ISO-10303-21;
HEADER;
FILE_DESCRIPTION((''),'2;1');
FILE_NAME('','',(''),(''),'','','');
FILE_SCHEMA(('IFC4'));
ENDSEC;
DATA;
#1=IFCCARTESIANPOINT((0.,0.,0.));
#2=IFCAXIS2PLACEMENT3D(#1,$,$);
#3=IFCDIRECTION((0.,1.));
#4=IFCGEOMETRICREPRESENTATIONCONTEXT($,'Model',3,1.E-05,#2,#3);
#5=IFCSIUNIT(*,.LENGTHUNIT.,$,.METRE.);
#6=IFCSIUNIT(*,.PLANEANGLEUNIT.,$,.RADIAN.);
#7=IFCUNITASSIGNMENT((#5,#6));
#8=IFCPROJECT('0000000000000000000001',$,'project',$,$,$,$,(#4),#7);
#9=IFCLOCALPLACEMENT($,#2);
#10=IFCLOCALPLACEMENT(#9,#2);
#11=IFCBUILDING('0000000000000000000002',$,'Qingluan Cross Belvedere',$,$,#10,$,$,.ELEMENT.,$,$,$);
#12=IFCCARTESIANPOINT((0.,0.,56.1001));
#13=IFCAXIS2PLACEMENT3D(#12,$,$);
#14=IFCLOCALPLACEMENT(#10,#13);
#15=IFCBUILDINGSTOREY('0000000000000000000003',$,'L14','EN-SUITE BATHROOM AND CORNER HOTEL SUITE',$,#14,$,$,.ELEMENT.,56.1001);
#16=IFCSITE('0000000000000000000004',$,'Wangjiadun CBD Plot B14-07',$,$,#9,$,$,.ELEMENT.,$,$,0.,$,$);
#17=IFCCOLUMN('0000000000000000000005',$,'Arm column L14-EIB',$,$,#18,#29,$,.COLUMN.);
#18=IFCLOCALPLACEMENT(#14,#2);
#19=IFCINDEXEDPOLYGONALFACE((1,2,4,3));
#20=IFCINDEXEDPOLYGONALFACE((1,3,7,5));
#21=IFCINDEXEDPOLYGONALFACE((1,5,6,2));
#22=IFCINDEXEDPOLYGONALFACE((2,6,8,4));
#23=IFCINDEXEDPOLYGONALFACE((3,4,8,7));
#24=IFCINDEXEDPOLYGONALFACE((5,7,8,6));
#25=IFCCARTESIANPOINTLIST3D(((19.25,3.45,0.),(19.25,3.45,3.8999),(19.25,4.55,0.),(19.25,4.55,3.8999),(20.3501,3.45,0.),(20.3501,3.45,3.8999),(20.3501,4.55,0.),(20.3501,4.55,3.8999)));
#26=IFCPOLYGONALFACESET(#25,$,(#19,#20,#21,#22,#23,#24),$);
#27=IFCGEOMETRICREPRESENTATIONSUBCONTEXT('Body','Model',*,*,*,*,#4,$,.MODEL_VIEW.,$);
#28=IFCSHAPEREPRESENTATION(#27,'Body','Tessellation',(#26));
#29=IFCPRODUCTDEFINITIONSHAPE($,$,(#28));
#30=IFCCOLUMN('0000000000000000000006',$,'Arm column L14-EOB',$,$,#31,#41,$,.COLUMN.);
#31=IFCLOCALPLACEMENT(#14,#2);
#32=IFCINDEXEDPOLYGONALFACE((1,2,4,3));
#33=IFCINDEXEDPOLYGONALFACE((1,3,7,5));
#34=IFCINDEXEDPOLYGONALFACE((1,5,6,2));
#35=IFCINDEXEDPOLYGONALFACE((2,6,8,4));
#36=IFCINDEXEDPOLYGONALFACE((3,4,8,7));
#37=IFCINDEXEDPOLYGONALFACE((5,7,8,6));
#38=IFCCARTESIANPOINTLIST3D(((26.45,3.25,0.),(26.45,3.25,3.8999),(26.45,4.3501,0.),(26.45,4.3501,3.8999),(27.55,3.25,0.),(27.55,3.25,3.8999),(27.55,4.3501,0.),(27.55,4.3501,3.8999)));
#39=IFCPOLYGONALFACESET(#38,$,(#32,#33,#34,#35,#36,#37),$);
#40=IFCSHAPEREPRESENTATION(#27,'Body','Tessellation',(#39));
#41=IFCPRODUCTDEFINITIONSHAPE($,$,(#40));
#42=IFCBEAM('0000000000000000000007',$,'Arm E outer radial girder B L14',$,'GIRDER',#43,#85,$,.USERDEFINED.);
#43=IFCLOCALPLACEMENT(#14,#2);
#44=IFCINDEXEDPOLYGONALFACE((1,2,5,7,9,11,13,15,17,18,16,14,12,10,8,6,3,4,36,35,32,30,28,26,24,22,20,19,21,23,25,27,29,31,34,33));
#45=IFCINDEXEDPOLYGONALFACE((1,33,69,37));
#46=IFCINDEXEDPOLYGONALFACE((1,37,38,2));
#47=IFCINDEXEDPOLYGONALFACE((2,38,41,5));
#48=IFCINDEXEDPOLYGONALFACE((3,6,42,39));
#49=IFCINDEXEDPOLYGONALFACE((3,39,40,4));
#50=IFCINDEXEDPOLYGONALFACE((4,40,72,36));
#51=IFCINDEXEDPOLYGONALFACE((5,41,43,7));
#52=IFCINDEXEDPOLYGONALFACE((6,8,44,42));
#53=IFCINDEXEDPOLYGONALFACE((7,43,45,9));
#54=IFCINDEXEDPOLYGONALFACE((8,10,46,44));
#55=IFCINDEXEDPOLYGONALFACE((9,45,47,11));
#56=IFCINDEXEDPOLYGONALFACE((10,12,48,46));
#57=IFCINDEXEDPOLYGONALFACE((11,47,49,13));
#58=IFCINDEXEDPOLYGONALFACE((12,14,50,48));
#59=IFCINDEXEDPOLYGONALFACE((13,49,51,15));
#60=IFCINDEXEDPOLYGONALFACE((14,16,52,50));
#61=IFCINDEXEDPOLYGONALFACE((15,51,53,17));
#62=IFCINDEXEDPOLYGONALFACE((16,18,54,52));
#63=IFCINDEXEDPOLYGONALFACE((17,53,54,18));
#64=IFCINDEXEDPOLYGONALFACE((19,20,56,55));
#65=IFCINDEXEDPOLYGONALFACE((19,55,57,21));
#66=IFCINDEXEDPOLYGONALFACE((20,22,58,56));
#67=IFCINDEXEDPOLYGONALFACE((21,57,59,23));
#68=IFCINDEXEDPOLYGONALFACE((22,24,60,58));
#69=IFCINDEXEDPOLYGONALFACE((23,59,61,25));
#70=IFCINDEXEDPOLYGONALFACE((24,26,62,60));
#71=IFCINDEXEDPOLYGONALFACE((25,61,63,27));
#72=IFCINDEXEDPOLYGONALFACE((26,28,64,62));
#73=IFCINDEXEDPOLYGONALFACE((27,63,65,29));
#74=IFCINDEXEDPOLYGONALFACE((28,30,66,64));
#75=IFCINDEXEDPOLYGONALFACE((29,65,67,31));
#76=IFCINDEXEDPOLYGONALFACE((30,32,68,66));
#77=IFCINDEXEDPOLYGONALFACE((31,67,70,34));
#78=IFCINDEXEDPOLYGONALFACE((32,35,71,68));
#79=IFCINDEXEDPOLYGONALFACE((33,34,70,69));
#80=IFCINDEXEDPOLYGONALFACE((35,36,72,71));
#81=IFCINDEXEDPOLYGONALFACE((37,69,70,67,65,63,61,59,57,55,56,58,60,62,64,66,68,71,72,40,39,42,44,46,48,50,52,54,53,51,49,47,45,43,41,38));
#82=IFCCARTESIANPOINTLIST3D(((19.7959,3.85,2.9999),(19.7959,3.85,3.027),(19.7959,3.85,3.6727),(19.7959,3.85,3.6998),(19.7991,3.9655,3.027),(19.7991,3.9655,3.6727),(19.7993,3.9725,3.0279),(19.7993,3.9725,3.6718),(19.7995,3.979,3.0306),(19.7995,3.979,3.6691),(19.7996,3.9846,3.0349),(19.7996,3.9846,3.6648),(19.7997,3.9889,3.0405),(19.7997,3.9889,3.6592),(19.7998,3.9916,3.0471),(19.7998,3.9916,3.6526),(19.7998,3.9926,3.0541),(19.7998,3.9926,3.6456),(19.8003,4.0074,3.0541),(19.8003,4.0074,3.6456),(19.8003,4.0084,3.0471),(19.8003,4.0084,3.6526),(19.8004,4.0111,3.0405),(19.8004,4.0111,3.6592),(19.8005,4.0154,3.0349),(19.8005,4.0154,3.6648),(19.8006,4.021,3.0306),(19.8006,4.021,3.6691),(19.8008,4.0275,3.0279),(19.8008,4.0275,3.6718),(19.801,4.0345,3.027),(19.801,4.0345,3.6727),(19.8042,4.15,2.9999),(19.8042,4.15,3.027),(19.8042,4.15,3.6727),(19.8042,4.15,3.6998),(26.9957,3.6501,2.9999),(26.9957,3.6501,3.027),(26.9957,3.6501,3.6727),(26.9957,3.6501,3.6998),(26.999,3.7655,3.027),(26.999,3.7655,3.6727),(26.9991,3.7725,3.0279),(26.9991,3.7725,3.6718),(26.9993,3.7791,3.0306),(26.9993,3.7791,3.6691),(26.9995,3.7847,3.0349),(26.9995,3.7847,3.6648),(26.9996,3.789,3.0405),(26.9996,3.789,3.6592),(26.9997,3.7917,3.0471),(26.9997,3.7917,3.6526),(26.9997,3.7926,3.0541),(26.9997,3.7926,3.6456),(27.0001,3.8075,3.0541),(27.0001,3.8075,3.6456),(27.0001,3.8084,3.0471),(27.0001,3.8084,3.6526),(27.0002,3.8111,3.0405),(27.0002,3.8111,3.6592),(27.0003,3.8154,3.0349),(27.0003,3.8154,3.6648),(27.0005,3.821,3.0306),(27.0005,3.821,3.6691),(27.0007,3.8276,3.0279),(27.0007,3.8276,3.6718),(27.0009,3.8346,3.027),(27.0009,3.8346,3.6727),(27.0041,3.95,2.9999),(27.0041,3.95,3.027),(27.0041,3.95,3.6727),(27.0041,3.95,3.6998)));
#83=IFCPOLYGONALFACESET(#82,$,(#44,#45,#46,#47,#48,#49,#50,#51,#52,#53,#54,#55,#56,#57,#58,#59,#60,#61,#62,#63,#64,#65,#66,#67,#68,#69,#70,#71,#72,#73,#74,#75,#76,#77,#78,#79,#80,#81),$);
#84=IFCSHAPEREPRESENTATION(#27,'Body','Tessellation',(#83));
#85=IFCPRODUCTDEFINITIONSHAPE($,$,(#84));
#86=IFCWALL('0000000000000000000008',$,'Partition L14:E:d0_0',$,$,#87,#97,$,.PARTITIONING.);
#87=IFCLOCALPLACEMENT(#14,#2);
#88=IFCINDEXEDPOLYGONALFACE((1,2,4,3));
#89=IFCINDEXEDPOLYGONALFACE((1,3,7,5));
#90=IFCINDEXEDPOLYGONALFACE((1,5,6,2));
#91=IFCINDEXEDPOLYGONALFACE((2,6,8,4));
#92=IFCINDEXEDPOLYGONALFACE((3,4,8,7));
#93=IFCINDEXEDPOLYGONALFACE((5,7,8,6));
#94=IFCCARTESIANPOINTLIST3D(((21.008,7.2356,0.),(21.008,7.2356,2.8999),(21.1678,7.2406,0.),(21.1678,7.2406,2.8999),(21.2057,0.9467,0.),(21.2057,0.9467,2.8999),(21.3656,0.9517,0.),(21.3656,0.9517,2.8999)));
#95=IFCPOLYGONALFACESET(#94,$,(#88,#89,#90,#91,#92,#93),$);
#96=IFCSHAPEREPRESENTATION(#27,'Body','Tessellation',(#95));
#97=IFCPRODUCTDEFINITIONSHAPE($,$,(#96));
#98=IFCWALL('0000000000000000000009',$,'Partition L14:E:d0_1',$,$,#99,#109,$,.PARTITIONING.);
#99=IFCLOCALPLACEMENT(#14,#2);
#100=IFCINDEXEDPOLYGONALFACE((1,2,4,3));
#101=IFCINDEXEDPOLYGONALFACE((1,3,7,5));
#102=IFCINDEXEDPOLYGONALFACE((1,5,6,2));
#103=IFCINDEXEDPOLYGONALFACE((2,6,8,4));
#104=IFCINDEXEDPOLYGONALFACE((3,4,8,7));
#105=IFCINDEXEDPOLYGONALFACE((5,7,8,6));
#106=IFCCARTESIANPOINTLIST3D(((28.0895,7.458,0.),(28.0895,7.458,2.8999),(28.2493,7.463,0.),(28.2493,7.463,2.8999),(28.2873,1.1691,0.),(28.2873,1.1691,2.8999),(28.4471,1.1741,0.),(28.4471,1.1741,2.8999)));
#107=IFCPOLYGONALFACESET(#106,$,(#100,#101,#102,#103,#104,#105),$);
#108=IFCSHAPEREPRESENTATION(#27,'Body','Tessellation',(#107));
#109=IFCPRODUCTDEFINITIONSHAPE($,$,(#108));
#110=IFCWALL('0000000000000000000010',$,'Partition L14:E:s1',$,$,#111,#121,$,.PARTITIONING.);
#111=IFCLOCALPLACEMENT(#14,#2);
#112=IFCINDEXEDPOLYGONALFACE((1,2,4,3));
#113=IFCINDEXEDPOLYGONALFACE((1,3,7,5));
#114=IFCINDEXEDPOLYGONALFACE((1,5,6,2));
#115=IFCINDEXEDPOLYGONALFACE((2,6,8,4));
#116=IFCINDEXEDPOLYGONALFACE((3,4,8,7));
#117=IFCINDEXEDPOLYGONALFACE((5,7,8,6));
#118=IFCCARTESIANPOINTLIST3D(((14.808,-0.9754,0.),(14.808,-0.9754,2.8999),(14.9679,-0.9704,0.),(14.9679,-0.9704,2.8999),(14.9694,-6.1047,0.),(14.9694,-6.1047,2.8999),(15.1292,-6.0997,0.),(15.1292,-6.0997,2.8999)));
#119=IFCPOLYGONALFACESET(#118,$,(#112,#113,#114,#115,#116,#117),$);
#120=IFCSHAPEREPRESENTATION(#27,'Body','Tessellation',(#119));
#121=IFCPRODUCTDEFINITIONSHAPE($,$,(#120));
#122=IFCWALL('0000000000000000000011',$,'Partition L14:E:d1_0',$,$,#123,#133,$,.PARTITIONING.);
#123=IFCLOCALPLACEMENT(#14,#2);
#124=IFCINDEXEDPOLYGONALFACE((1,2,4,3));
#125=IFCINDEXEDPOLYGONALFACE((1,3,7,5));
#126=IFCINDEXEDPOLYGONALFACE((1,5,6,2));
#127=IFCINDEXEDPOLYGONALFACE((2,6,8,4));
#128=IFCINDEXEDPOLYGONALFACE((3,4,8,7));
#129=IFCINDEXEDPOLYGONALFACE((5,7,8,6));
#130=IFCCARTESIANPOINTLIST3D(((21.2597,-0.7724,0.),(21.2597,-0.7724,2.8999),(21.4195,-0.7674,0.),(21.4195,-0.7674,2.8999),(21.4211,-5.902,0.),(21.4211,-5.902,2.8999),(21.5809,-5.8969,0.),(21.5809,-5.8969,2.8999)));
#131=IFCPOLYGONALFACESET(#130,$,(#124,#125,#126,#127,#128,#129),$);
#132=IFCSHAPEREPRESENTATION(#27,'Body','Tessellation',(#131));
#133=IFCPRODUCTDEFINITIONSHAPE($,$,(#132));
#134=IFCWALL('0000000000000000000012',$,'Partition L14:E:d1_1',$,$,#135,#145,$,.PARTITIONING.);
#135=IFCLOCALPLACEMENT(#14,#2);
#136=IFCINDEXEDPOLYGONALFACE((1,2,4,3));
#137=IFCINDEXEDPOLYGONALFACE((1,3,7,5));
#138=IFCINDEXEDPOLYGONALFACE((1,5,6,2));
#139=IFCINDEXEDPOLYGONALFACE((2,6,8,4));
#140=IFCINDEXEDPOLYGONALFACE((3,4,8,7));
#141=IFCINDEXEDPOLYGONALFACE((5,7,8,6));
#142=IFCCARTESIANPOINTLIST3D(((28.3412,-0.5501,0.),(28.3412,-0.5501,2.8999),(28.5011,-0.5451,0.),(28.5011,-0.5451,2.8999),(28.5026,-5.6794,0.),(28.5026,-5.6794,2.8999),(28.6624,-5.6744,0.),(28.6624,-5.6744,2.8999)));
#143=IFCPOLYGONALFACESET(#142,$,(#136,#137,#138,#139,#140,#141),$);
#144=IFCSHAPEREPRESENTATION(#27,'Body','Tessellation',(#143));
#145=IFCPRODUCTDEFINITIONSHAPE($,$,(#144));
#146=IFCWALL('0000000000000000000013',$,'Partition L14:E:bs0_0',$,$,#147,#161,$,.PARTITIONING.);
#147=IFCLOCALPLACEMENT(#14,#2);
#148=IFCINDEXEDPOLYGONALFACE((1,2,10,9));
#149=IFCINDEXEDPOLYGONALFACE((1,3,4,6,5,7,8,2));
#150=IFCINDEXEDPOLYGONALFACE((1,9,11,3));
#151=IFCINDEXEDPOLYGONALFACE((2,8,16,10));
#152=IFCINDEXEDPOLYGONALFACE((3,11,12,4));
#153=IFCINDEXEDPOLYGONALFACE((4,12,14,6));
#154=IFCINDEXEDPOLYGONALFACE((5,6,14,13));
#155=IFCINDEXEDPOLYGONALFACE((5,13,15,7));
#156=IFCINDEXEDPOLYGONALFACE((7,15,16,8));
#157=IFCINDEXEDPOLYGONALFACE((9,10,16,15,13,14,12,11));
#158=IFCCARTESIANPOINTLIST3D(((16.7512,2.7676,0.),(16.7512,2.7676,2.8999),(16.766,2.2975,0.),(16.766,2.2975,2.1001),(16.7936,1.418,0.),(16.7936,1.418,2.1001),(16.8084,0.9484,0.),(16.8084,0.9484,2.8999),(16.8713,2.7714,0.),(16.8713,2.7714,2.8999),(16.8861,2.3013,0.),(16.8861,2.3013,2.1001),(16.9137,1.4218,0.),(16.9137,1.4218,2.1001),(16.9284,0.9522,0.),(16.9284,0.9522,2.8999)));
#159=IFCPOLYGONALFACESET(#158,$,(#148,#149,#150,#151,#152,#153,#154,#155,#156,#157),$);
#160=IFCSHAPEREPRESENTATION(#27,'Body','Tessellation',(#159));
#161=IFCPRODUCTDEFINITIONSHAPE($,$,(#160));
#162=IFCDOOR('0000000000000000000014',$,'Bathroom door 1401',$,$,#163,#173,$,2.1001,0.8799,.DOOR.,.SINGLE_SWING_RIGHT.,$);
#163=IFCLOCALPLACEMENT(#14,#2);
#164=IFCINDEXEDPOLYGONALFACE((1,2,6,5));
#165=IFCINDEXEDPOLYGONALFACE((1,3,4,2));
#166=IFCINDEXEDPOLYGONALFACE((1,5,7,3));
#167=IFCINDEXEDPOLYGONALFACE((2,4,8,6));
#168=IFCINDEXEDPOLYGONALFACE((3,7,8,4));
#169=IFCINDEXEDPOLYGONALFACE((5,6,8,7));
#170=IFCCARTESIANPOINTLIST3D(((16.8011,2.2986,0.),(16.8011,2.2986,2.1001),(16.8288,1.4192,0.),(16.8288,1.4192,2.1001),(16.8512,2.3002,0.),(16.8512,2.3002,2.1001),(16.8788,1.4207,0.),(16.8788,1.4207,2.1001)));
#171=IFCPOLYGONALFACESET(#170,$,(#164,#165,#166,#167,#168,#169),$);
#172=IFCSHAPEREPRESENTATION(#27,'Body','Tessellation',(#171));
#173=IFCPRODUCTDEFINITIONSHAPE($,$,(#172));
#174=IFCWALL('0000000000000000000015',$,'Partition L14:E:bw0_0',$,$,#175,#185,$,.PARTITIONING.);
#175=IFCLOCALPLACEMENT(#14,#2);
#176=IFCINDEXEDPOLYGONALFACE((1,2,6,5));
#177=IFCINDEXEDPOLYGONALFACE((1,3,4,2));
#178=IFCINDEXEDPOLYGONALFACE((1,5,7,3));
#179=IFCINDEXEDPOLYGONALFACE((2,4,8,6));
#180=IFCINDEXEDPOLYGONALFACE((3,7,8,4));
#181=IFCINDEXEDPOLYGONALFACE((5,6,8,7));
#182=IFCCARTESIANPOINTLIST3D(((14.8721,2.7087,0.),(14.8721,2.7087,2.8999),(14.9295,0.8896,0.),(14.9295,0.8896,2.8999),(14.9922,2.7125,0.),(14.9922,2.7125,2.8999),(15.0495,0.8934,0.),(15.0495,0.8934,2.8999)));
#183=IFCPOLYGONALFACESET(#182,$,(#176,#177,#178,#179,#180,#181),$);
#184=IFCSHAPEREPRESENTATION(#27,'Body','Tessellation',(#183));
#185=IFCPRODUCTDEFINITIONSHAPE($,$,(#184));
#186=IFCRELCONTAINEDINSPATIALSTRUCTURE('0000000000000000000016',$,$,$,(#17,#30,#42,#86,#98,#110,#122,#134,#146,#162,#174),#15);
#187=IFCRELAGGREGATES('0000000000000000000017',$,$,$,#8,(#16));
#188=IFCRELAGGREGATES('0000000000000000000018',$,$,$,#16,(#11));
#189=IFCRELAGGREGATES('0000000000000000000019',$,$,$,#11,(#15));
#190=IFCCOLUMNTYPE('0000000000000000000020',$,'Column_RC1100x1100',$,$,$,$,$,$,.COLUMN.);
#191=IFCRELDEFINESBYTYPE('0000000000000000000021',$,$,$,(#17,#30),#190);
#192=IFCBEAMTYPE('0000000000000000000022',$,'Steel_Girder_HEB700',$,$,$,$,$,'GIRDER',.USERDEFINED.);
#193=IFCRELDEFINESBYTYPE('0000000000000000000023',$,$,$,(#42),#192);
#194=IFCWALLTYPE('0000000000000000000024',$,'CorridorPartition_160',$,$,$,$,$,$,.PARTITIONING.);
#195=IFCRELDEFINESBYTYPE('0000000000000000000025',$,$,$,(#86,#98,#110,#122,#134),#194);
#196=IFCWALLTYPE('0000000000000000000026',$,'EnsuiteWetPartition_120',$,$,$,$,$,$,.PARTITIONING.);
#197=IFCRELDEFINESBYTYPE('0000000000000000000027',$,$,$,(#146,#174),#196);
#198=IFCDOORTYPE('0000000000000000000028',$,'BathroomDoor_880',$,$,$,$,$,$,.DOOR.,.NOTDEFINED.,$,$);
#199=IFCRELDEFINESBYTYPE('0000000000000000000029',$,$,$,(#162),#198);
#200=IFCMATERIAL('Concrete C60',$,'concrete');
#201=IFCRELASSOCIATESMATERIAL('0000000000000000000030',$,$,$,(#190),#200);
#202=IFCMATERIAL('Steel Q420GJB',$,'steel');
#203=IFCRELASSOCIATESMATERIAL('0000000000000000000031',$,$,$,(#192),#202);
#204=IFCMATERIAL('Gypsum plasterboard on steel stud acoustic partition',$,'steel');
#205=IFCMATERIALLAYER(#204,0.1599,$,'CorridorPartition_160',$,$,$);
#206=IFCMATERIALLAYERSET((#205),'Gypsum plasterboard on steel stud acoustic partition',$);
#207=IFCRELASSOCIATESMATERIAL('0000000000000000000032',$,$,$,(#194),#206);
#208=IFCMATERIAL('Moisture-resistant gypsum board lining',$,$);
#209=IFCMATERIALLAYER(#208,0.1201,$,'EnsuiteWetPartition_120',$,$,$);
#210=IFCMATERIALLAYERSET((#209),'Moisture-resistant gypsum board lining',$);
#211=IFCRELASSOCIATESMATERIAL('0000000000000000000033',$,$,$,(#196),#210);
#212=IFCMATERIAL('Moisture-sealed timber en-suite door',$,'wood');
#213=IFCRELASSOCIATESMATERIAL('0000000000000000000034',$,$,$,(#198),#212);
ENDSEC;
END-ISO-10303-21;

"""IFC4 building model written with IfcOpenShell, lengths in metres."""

from ifc_helpers import new_model, si_unit, direction, frame, frame_2d, origin, origin_2d, place, context, subcontext, project, spatial, rectangle, i_section, extrude, material, layer, layer_set, material_profile, profile_set, type_object, element, fill, save


model = new_model("IFC4")

# Units and contexts
model_context = context("Model", 3, precision=1e-05, world=origin(), true_north=direction((0.0, 1.0)))
body_context = subcontext(model_context, "Body", "Model", "MODEL_VIEW")
ifc_project = project(units=[si_unit("LENGTHUNIT", "METRE"), si_unit("PLANEANGLEUNIT", "RADIAN")], contexts=[model_context])

# Site, building, storey
site_placement = place(None, origin())
site = spatial("IfcSite", under=ifc_project, at=site_placement, Name="Wangjiadun CBD Plot B14-07", CompositionType="ELEMENT", RefElevation=0.0)
building_placement = place(site_placement, origin())
building = spatial("IfcBuilding", under=site, at=building_placement, Name="Qingluan Cross Belvedere", CompositionType="ELEMENT")
storey_placement = place(building_placement, frame((0.0, 0.0, 56.1001)))
storey = spatial("IfcBuildingStorey", under=building, at=storey_placement, Name="L14", Description="EN-SUITE BATHROOM AND CORNER HOTEL SUITE", CompositionType="ELEMENT", Elevation=56.1001)

# Columns
ifc_material_1 = material(Name="Concrete C60", Category="concrete")
ifc_material_profile_1 = material_profile(ifc_material_1, rectangle(XDim=1.1001, YDim=1.1001, at=origin_2d()), Name="RC1100x1100")
ifc_profile_set_1 = profile_set([ifc_material_profile_1], Name="Concrete C60")
column_type = type_object("IfcColumnType", Name="Column_RC1100x1100", PredefinedType="COLUMN", material=ifc_profile_set_1)
for number, where, z_axis, x_axis, name in (
    (1, (19.8, 4.0, 0.0), (0.0, 0.0, 1.0), (1.0, 0.0, 0.0), "Arm column L14-EIB"),
    (2, (27.0, 3.8, 0.0), (0.0, 0.0, 1.0), (1.0, 0.0, 0.0), "Arm column L14-EOB"),
):
    element("IfcColumn", number, at=place(storey_placement, frame(where, z_axis=z_axis, x_axis=x_axis)), inside=storey, type_object=column_type, Name=name, PredefinedType="COLUMN", context=body_context, shape_type="SweptSolid", body=[
        extrude(rectangle(XDim=1.1001, YDim=1.1001, at=origin_2d()), origin(), (0.0, 0.0, 1.0), 3.8999),
    ])

# Beam
ifc_material_2 = material(Name="Steel Q420GJB", Category="steel")
ifc_material_profile_2 = material_profile(ifc_material_2, i_section(OverallWidth=0.3, OverallDepth=0.7, WebThickness=0.0149, FlangeThickness=0.0271, FilletRadius=0.0271, at=origin_2d()), Name="HEB700")
ifc_profile_set_2 = profile_set([ifc_material_profile_2], Name="Steel Q420GJB")
beam_type = type_object("IfcBeamType", Name="Steel_Girder_HEB700", ElementType="GIRDER", PredefinedType="USERDEFINED", material=ifc_profile_set_2)
beam_placement = place(storey_placement, frame((19.8, 4.0, 3.3499), z_axis=(0.999615, -0.02776, 0.0), x_axis=(0.02776, 0.999615, 0.0)))
element("IfcBeam", 3, at=beam_placement, inside=storey, type_object=beam_type, Name="Arm E outer radial girder B L14", ObjectType="GIRDER", PredefinedType="USERDEFINED", context=body_context, shape_type="SweptSolid", body=[
    extrude(i_section(OverallWidth=0.3, OverallDepth=0.7, WebThickness=0.0149, FlangeThickness=0.0271, FilletRadius=0.0271, at=origin_2d()), origin(), (0.0, 0.0, 1.0), 7.2026),
])

# Walls
ifc_material_3 = material(Name="Gypsum plasterboard on steel stud acoustic partition", Category="steel")
ifc_layer_1 = layer(ifc_material_3, 0.1599, Name="CorridorPartition_160")
ifc_layer_set_1 = layer_set([ifc_layer_1], Name="Gypsum plasterboard on steel stud acoustic partition")
wall_type_1 = type_object("IfcWallType", Name="CorridorPartition_160", PredefinedType="PARTITIONING", material=ifc_layer_set_1)
for number, where, z_axis, x_axis, name in (
    (4, (21.2856, 0.9492, 0.0), (0.0, 0.0, 1.0), (-0.03143, 0.999506, 0.0), "Partition L14:E:d0_0"),
    (5, (28.3672, 1.1716, 0.0), (0.0, 0.0, 1.0), (-0.03143, 0.999506, 0.0), "Partition L14:E:d0_1"),
):
    element("IfcWall", number, at=place(storey_placement, frame(where, z_axis=z_axis, x_axis=x_axis)), inside=storey, type_object=wall_type_1, Name=name, PredefinedType="PARTITIONING", context=body_context, shape_type="SweptSolid", body=[
        extrude(rectangle(XDim=6.292, YDim=0.1599, at=frame_2d((3.146, 0.0))), origin(), (0.0, 0.0, 1.0), 2.8999),
    ])
wall_1_placement = place(storey_placement, frame((14.8879, -0.9729, 0.0), z_axis=(0.0, 0.0, 1.0), x_axis=(0.031446, -0.999505, 0.0)))
element("IfcWall", 6, at=wall_1_placement, inside=storey, type_object=wall_type_1, Name="Partition L14:E:s1", PredefinedType="PARTITIONING", context=body_context, shape_type="SweptSolid", body=[
    extrude(rectangle(XDim=5.1318, YDim=0.1599, at=frame_2d((2.5659, 0.0))), origin(), (0.0, 0.0, 1.0), 2.8999),
])
wall_2_placement = place(storey_placement, frame((21.3396, -0.77, 0.0), z_axis=(0.0, 0.0, 1.0), x_axis=(0.031444, -0.999506, 0.0)))
element("IfcWall", 7, at=wall_2_placement, inside=storey, type_object=wall_type_1, Name="Partition L14:E:d1_0", PredefinedType="PARTITIONING", context=body_context, shape_type="SweptSolid", body=[
    extrude(rectangle(XDim=5.1321, YDim=0.1599, at=frame_2d((2.5659, 0.0))), origin(), (0.0, 0.0, 1.0), 2.8999),
])
wall_3_placement = place(storey_placement, frame((28.4211, -0.5476, 0.0), z_axis=(0.0, 0.0, 1.0), x_axis=(0.031446, -0.999505, 0.0)))
element("IfcWall", 8, at=wall_3_placement, inside=storey, type_object=wall_type_1, Name="Partition L14:E:d1_1", PredefinedType="PARTITIONING", context=body_context, shape_type="SweptSolid", body=[
    extrude(rectangle(XDim=5.1318, YDim=0.1599, at=frame_2d((2.5659, 0.0))), origin(), (0.0, 0.0, 1.0), 2.8999),
])

# Wall, opening, door
ifc_material_4 = material(Name="Moisture-resistant gypsum board lining")
ifc_layer_2 = layer(ifc_material_4, 0.1201, Name="EnsuiteWetPartition_120")
ifc_layer_set_2 = layer_set([ifc_layer_2], Name="Moisture-resistant gypsum board lining")
wall_type_2 = type_object("IfcWallType", Name="EnsuiteWetPartition_120", PredefinedType="PARTITIONING", material=ifc_layer_set_2)
wall_4_placement = place(storey_placement, frame((16.8684, 0.9502, 0.0), z_axis=(0.0, 0.0, 1.0), x_axis=(-0.03139, 0.999507, 0.0)))
wall_4 = element("IfcWall", 9, at=wall_4_placement, inside=storey, type_object=wall_type_2, Name="Partition L14:E:bs0_0", PredefinedType="PARTITIONING", context=body_context, shape_type="SweptSolid", body=[
    extrude(rectangle(XDim=1.8201, YDim=0.1201, at=frame_2d((0.9102, 0.0))), origin(), (0.0, 0.0, 1.0), 2.8999),
])
opening_1_placement = place(wall_4_placement, frame((0.47, 0.0, 0.0)))
opening_1 = element("IfcOpeningElement", 10, at=opening_1_placement, cuts=wall_4, PredefinedType="OPENING", context=body_context, shape_type="SweptSolid", body=[
    extrude(rectangle(XDim=0.8799, YDim=2.1001, at=frame_2d((0.4399, 1.05))), frame((0.0, 0.0701, 0.0), z_axis=(0.0, -1.0, 0.0), x_axis=(1.0, 0.0, 0.0)), (0.0, 0.0, 1.0), 0.1401),
])
ifc_material_5 = material(Name="Moisture-sealed timber en-suite door", Category="wood")
door_type = type_object("IfcDoorType", Name="BathroomDoor_880", OperationType="NOTDEFINED", PredefinedType="DOOR", material=ifc_material_5)
door_1_placement = place(opening_1_placement, origin())
door_1 = element("IfcDoor", 11, at=door_1_placement, inside=storey, type_object=door_type, Name="Bathroom door 1401", OperationType="SINGLE_SWING_RIGHT", OverallHeight=2.1001, OverallWidth=0.8799, PredefinedType="DOOR", context=body_context, shape_type="SweptSolid", body=[
    extrude(rectangle(XDim=0.8799, YDim=2.1001, at=frame_2d((0.4399, 1.05))), frame((0.0, 0.0249, 0.0), z_axis=(0.0, -1.0, 0.0), x_axis=(1.0, 0.0, 0.0)), (0.0, 0.0, 1.0), 0.05),
])
fill(opening_1, door_1)

# Wall
wall_5_placement = place(storey_placement, frame((14.9895, 0.8914, 0.0), z_axis=(0.0, 0.0, 1.0), x_axis=(-0.031524, 0.999503, 0.0)))
element("IfcWall", 12, at=wall_5_placement, inside=storey, type_object=wall_type_2, Name="Partition L14:E:bw0_0", PredefinedType="PARTITIONING", context=body_context, shape_type="SweptSolid", body=[
    extrude(rectangle(XDim=1.8201, YDim=0.1201, at=frame_2d((0.9102, 0.0))), origin(), (0.0, 0.0, 1.0), 2.8999),
])

save(model, "model.ifc")
